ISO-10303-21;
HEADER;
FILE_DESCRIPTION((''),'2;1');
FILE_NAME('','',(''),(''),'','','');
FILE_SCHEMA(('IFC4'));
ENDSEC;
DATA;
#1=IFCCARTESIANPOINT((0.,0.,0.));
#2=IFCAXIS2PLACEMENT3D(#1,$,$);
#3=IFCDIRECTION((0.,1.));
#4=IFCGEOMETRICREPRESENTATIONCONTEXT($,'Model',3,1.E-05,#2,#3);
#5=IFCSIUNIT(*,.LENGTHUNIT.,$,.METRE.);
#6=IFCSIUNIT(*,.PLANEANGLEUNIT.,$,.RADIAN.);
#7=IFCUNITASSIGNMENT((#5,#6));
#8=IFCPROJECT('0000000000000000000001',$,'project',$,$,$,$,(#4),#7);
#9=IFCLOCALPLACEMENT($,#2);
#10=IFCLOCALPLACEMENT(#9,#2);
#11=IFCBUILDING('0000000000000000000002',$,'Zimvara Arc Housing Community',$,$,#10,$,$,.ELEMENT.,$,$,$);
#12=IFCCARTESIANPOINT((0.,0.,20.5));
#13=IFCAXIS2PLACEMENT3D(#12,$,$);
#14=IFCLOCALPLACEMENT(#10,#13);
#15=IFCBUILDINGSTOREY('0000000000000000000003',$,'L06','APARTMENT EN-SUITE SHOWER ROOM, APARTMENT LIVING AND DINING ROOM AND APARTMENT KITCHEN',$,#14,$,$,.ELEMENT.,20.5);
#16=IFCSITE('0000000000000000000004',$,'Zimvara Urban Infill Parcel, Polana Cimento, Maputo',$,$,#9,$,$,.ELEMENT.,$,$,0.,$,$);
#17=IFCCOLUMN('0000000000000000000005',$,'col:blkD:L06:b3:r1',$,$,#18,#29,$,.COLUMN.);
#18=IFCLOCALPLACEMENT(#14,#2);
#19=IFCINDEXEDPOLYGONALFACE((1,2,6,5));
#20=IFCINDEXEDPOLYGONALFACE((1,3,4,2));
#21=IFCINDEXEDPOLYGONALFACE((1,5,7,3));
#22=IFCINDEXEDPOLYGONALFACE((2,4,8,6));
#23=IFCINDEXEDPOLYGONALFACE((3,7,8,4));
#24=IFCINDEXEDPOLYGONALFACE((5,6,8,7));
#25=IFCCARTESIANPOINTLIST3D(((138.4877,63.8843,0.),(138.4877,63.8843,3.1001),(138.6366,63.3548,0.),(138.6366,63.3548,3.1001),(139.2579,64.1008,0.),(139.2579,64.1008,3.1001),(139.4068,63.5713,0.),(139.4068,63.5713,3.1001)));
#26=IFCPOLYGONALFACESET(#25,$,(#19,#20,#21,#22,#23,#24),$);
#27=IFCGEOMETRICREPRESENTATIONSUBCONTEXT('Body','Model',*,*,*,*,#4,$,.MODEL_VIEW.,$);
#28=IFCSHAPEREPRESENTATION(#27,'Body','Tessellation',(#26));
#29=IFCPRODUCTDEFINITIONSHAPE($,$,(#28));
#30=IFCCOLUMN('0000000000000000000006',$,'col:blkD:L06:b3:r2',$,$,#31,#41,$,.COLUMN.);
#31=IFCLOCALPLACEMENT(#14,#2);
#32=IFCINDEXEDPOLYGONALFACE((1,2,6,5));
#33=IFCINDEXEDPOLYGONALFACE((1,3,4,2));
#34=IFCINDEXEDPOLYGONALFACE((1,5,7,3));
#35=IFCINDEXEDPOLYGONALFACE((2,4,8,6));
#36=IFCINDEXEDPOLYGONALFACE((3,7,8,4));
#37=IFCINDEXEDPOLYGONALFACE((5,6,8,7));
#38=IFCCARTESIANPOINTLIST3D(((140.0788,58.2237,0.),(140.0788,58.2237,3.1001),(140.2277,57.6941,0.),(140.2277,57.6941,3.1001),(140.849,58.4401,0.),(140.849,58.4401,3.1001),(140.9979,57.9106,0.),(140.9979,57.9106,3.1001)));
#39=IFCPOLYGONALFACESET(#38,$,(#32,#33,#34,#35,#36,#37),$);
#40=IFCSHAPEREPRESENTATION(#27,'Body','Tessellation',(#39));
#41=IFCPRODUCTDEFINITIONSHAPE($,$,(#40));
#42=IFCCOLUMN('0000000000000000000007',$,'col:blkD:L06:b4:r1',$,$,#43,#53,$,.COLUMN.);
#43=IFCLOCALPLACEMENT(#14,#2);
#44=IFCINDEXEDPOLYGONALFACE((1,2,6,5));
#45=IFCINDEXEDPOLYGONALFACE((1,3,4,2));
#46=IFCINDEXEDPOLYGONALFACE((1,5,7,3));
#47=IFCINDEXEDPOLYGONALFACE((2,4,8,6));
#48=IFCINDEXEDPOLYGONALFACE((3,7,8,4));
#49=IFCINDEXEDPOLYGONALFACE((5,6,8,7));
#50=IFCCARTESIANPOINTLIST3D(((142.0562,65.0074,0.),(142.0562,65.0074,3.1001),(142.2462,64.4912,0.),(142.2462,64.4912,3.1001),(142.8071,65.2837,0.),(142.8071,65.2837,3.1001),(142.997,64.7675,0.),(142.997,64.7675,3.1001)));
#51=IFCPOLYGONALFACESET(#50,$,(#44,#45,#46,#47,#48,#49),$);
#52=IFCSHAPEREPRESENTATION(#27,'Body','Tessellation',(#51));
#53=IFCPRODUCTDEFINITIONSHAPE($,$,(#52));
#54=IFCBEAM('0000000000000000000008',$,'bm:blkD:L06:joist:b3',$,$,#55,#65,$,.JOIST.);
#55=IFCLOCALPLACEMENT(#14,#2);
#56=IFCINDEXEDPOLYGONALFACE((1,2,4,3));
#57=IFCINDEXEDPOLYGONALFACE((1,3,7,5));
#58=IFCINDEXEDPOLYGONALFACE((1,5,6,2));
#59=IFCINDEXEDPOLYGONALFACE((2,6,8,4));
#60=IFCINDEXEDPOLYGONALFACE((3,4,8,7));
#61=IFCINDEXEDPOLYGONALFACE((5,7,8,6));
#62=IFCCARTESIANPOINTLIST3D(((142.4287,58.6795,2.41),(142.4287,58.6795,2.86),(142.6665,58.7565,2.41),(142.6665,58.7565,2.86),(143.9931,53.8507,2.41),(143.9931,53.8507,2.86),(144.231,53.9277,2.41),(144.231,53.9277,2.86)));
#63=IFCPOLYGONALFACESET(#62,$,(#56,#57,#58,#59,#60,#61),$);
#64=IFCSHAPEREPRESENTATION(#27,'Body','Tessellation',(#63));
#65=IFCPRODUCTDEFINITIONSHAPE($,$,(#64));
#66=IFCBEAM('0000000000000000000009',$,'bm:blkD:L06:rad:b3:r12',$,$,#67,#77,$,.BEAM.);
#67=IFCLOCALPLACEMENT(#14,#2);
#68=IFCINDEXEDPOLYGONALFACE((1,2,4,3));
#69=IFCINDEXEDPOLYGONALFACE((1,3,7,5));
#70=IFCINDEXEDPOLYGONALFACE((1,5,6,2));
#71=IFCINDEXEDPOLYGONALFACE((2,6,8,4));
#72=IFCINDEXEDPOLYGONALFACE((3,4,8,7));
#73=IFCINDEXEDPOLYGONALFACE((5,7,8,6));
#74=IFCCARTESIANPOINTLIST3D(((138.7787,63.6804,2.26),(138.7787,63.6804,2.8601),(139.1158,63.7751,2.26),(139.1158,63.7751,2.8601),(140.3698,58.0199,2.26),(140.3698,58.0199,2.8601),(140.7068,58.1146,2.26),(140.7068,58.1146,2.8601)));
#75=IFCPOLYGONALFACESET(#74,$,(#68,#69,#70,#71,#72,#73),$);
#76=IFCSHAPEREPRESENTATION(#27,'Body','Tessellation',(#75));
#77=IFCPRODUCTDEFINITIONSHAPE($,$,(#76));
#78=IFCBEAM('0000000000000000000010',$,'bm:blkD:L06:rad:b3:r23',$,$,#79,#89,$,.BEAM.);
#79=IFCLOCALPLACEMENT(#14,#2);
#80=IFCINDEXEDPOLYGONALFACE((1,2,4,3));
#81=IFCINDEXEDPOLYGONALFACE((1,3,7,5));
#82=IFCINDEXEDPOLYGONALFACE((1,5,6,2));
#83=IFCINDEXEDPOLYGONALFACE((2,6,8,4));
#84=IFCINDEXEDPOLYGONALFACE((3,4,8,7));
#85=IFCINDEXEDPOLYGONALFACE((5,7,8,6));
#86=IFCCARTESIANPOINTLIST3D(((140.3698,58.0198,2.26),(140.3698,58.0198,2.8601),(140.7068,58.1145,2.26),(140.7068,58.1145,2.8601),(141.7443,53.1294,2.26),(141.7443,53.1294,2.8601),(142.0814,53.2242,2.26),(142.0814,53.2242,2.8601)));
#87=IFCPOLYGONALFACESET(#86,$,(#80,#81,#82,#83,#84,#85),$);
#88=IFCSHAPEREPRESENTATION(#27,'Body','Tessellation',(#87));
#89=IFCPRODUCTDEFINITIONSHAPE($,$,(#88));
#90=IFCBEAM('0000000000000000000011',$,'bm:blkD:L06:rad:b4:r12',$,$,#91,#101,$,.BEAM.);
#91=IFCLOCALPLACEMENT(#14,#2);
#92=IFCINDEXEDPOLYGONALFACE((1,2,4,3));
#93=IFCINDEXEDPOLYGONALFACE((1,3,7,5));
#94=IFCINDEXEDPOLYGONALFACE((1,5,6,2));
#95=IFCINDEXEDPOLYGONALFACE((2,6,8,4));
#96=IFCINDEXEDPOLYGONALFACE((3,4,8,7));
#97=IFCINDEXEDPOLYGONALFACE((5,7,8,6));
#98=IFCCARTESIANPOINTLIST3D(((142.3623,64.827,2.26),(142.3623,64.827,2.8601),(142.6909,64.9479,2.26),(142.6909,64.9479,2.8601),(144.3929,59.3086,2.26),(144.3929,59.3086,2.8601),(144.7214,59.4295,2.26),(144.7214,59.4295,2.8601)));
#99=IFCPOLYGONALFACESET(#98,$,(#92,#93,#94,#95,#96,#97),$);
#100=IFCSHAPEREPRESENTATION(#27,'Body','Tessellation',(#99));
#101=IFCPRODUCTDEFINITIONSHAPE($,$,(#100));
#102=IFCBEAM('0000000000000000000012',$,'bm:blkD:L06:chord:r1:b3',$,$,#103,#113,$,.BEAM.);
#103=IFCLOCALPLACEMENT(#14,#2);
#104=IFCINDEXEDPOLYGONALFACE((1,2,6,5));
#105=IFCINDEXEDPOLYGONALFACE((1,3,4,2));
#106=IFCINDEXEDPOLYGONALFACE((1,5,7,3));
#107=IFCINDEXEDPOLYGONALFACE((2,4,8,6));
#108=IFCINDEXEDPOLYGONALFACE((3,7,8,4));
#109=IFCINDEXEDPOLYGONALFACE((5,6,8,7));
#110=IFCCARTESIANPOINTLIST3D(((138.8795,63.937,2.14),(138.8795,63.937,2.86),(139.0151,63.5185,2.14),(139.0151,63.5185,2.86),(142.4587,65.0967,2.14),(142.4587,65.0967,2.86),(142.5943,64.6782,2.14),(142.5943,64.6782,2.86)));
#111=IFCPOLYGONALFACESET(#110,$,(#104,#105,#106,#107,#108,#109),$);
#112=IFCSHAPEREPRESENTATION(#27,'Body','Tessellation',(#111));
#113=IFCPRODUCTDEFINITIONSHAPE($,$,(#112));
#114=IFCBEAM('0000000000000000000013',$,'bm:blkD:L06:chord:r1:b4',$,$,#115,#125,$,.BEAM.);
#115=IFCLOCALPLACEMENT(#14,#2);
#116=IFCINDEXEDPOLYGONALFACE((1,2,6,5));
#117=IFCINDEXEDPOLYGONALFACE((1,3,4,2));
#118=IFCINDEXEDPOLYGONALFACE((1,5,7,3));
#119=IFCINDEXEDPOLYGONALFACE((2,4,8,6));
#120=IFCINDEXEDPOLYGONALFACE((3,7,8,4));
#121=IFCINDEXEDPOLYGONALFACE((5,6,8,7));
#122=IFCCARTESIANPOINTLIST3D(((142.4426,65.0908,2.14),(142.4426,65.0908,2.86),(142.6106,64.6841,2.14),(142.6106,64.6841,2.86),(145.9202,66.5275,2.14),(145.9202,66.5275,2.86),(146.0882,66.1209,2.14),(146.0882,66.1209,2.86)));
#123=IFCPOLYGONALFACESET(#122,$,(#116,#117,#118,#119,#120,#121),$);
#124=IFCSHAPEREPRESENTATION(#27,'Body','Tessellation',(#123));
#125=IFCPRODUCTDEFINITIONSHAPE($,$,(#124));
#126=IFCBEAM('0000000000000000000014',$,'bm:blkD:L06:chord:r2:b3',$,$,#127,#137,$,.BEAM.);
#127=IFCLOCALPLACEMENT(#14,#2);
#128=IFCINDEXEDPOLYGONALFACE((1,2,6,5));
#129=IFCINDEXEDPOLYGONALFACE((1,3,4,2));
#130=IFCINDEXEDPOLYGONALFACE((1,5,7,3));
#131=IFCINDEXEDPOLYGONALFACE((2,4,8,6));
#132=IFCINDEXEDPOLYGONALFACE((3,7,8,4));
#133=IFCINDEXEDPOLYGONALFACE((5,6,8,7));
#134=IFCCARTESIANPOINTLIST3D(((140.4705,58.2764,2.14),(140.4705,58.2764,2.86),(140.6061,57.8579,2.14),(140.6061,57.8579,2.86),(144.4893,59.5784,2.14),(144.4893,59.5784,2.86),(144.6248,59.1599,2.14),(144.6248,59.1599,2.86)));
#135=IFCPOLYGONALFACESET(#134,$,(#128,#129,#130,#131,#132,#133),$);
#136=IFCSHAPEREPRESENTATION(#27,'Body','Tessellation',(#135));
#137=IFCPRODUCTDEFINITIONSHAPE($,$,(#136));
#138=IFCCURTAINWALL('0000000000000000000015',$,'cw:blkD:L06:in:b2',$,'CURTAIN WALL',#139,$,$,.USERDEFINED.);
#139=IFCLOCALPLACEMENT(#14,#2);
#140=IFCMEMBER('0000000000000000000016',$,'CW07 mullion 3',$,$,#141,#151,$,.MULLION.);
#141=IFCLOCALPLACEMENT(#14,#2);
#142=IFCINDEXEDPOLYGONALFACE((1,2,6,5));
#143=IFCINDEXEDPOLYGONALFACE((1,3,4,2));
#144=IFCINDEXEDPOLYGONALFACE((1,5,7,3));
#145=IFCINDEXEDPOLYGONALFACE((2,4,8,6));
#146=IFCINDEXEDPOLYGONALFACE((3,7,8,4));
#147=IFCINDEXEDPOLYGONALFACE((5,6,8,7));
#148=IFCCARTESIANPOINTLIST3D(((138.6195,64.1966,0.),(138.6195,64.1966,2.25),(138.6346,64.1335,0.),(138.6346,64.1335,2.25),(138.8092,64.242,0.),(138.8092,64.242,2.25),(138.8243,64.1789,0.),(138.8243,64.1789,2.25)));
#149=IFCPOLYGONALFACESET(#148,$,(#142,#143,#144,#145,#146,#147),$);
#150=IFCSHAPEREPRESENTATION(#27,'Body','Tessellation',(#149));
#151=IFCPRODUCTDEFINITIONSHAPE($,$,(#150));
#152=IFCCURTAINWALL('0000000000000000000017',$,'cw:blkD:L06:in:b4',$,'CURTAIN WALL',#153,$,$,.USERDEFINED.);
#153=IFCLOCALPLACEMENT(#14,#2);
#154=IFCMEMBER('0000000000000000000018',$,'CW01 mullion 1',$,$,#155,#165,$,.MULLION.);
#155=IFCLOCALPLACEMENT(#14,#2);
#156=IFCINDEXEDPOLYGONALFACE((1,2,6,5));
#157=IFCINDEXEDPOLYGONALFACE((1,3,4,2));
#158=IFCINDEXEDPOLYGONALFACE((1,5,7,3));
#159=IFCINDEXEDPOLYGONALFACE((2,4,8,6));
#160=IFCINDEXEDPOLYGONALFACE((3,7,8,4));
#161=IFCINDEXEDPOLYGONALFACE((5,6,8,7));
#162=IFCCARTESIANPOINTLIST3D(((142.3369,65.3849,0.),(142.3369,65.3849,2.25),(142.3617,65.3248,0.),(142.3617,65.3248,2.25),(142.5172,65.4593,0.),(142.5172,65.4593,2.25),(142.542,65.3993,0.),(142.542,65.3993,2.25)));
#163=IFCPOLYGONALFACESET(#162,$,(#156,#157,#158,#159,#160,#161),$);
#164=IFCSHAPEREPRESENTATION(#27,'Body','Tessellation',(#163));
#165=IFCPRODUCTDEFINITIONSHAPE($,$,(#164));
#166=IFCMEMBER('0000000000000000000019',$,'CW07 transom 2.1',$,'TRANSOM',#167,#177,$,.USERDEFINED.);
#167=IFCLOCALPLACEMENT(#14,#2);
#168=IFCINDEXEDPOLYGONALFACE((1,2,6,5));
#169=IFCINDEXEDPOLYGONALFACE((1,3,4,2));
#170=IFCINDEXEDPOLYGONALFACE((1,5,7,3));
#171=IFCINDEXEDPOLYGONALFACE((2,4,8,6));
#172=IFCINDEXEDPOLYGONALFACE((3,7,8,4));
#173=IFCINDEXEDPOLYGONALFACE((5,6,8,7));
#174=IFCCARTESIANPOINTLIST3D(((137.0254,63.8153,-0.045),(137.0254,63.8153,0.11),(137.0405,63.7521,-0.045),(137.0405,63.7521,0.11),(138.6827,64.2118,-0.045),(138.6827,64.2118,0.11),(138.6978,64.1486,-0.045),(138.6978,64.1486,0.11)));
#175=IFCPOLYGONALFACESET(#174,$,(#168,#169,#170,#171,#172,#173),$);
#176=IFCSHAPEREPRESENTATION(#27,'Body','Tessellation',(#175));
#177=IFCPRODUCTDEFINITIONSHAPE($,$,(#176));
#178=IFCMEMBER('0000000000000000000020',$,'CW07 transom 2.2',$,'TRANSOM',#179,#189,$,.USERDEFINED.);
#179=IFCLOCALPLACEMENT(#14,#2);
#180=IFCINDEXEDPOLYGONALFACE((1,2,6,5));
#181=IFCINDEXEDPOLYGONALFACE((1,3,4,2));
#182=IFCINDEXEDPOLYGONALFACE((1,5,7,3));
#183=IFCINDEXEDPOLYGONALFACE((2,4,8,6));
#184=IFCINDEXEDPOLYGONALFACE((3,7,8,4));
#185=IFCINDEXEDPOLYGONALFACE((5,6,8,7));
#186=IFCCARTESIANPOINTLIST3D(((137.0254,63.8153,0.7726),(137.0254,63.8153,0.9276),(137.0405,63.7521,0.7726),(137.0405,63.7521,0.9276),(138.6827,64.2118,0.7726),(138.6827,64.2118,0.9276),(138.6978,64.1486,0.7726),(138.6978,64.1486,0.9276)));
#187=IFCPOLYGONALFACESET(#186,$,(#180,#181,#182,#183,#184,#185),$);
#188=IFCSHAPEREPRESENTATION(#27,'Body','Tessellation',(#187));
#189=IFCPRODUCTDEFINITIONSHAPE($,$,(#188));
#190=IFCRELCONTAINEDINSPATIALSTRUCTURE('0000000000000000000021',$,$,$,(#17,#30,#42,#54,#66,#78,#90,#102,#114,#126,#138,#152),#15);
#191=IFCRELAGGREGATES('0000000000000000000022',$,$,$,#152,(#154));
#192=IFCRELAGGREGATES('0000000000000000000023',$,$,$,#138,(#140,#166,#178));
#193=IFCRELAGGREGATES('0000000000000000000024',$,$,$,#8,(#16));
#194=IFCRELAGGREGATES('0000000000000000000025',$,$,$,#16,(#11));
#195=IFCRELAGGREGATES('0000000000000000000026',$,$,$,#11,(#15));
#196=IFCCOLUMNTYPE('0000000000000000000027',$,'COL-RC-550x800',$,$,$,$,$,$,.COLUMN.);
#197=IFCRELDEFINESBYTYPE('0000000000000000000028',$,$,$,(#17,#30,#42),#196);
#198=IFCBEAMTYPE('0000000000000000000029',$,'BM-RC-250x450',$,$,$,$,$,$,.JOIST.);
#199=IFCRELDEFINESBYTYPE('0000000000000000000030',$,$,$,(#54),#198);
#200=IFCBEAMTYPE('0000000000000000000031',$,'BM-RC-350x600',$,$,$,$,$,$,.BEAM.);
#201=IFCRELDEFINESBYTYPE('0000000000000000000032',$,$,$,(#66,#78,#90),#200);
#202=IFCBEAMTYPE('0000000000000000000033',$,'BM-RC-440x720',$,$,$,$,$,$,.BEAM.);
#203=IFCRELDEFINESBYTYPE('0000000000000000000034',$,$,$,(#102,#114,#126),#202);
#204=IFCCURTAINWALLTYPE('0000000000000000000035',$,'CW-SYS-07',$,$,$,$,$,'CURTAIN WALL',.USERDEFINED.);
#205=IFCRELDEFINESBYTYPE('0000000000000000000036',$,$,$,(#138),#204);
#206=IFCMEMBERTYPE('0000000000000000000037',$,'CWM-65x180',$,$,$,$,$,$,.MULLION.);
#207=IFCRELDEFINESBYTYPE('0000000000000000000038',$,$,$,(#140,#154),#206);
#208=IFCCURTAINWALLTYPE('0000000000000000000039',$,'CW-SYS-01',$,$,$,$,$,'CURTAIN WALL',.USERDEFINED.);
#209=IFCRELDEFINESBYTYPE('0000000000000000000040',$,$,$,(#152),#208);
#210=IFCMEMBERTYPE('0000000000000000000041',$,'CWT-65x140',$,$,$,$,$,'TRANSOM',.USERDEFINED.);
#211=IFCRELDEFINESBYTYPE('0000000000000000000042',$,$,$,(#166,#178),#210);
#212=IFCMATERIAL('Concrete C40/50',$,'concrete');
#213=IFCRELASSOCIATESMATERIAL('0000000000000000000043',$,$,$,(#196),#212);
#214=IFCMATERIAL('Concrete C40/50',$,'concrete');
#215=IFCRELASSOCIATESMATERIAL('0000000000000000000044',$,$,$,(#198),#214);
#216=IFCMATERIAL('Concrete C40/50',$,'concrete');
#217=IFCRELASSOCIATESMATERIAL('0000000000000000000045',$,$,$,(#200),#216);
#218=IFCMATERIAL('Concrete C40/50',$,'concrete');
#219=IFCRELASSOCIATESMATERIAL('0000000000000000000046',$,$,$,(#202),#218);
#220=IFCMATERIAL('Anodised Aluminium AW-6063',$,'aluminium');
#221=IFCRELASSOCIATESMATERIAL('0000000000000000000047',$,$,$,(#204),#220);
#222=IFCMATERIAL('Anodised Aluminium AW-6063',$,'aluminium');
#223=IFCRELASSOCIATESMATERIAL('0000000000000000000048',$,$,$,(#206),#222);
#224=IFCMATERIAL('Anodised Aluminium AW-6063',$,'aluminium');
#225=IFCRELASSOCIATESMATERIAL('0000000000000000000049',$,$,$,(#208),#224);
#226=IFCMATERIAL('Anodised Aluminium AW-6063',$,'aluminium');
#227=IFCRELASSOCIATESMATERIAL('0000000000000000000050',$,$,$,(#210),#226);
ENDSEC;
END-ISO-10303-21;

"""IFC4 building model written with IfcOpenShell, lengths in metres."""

from ifc_helpers import new_model, si_unit, direction, frame, origin, origin_2d, place, context, subcontext, project, spatial, rectangle, extrude, material, material_profile, profile_set, type_object, element, aggregate, save


model = new_model("IFC4")

# Units and contexts
model_context = context("Model", 3, precision=1e-05, world=origin(), true_north=direction((0.0, 1.0)))
body_context = subcontext(model_context, "Body", "Model", "MODEL_VIEW")
ifc_project = project(units=[si_unit("LENGTHUNIT", "METRE"), si_unit("PLANEANGLEUNIT", "RADIAN")], contexts=[model_context])

# Site, building, storey
site_placement = place(None, origin())
site = spatial("IfcSite", under=ifc_project, at=site_placement, Name="Zimvara Urban Infill Parcel, Polana Cimento, Maputo", CompositionType="ELEMENT", RefElevation=0.0)
building_placement = place(site_placement, origin())
building = spatial("IfcBuilding", under=site, at=building_placement, Name="Zimvara Arc Housing Community", CompositionType="ELEMENT")
storey_placement = place(building_placement, frame((0.0, 0.0, 20.5)))
storey = spatial("IfcBuildingStorey", under=building, at=storey_placement, Name="L06", Description="APARTMENT EN-SUITE SHOWER ROOM, APARTMENT LIVING AND DINING ROOM AND APARTMENT KITCHEN", CompositionType="ELEMENT", Elevation=20.5)

# Columns
ifc_material_1 = material(Name="Concrete C40/50", Category="concrete")
ifc_material_profile_1 = material_profile(ifc_material_1, rectangle(XDim=0.55, YDim=0.8, at=origin_2d()), Name="RC 550x800")
ifc_profile_set_1 = profile_set([ifc_material_profile_1], Name="Concrete C40/50")
column_type = type_object("IfcColumnType", Name="COL-RC-550x800", PredefinedType="COLUMN", material=ifc_profile_set_1)
for number, where, z_axis, x_axis, name in (
    (1, (138.9473, 63.7278, 0.0), (0.0, 0.0, 1.0), (0.2706, -0.962692, 0.0), "col:blkD:L06:b3:r1"),
    (2, (140.5383, 58.0671, 0.0), (0.0, 0.0, 1.0), (0.2706, -0.962692, 0.0), "col:blkD:L06:b3:r2"),
    (3, (142.5266, 64.8875, 0.0), (0.0, 0.0, 1.0), (0.345298, -0.938493, 0.0), "col:blkD:L06:b4:r1"),
):
    element("IfcColumn", number, at=place(storey_placement, frame(where, z_axis=z_axis, x_axis=x_axis)), inside=storey, type_object=column_type, Name=name, PredefinedType="COLUMN", context=body_context, shape_type="SweptSolid", body=[
        extrude(rectangle(XDim=0.55, YDim=0.8, at=origin_2d()), origin(), (0.0, 0.0, 1.0), 3.1001),
    ])

# Beams
ifc_material_2 = material(Name="Concrete C40/50", Category="concrete")
ifc_material_profile_2 = material_profile(ifc_material_2, rectangle(XDim=0.25, YDim=0.45, at=origin_2d()), Name="RC 250x450")
ifc_profile_set_2 = profile_set([ifc_material_profile_2], Name="Concrete C40/50")
beam_type_1 = type_object("IfcBeamType", Name="BM-RC-250x450", PredefinedType="JOIST", material=ifc_profile_set_2)
beam_1_placement = place(storey_placement, frame((142.5476, 58.718, 2.635), z_axis=(0.308208, -0.951319, 0.0), x_axis=(0.951319, 0.308208, 0.0)))
element("IfcBeam", 4, at=beam_1_placement, inside=storey, type_object=beam_type_1, Name="bm:blkD:L06:joist:b3", PredefinedType="JOIST", context=body_context, shape_type="SweptSolid", body=[
    extrude(rectangle(XDim=0.25, YDim=0.45, at=origin_2d()), origin(), (0.0, 0.0, 1.0), 5.0759),
])
ifc_material_3 = material(Name="Concrete C40/50", Category="concrete")
ifc_material_profile_3 = material_profile(ifc_material_3, rectangle(XDim=0.3501, YDim=0.6001, at=origin_2d()), Name="RC 350x600")
ifc_profile_set_3 = profile_set([ifc_material_profile_3], Name="Concrete C40/50")
beam_type_2 = type_object("IfcBeamType", Name="BM-RC-350x600", PredefinedType="BEAM", material=ifc_profile_set_3)
beam_2_placement = place(storey_placement, frame((138.9473, 63.7278, 2.5601), z_axis=(0.270589, -0.962695, 0.0), x_axis=(0.962695, 0.270589, 0.0)))
element("IfcBeam", 5, at=beam_2_placement, inside=storey, type_object=beam_type_2, Name="bm:blkD:L06:rad:b3:r12", PredefinedType="BEAM", context=body_context, shape_type="SweptSolid", body=[
    extrude(rectangle(XDim=0.3501, YDim=0.6001, at=origin_2d()), origin(), (0.0, 0.0, 1.0), 5.8799),
])
beam_3_placement = place(storey_placement, frame((140.5383, 58.0671, 2.5601), z_axis=(0.27058, -0.962698, 0.0), x_axis=(0.962698, 0.27058, 0.0)))
element("IfcBeam", 6, at=beam_3_placement, inside=storey, type_object=beam_type_2, Name="bm:blkD:L06:rad:b3:r23", PredefinedType="BEAM", context=body_context, shape_type="SweptSolid", body=[
    extrude(rectangle(XDim=0.3501, YDim=0.6001, at=origin_2d()), origin(), (0.0, 0.0, 1.0), 5.0798),
])
beam_4_placement = place(storey_placement, frame((142.5266, 64.8875, 2.5601), z_axis=(0.345324, -0.938483, 0.0), x_axis=(0.938483, 0.345324, 0.0)))
element("IfcBeam", 7, at=beam_4_placement, inside=storey, type_object=beam_type_2, Name="bm:blkD:L06:rad:b4:r12", PredefinedType="BEAM", context=body_context, shape_type="SweptSolid", body=[
    extrude(rectangle(XDim=0.3501, YDim=0.6001, at=origin_2d()), origin(), (0.0, 0.0, 1.0), 5.8801),
])
ifc_material_4 = material(Name="Concrete C40/50", Category="concrete")
ifc_material_profile_4 = material_profile(ifc_material_4, rectangle(XDim=0.4399, YDim=0.72, at=origin_2d()), Name="RC 440x720")
ifc_profile_set_4 = profile_set([ifc_material_profile_4], Name="Concrete C40/50")
beam_type_3 = type_object("IfcBeamType", Name="BM-RC-440x720", PredefinedType="BEAM", material=ifc_profile_set_4)
beam_5_placement = place(storey_placement, frame((138.9473, 63.7278, 2.5), z_axis=(0.951316, 0.308216, 0.0), x_axis=(-0.308216, 0.951316, 0.0)))
element("IfcBeam", 8, at=beam_5_placement, inside=storey, type_object=beam_type_3, Name="bm:blkD:L06:chord:r1:b3", PredefinedType="BEAM", context=body_context, shape_type="SweptSolid", body=[
    extrude(rectangle(XDim=0.4399, YDim=0.72, at=origin_2d()), origin(), (0.0, 0.0, 1.0), 3.7625),
])
beam_6_placement = place(storey_placement, frame((142.5266, 64.8875, 2.5), z_axis=(0.924225, 0.381849, 0.0), x_axis=(-0.381849, 0.924225, 0.0)))
element("IfcBeam", 9, at=beam_6_placement, inside=storey, type_object=beam_type_3, Name="bm:blkD:L06:chord:r1:b4", PredefinedType="BEAM", context=body_context, shape_type="SweptSolid", body=[
    extrude(rectangle(XDim=0.4399, YDim=0.72, at=origin_2d()), origin(), (0.0, 0.0, 1.0), 3.7627),
])
beam_7_placement = place(storey_placement, frame((140.5383, 58.0671, 2.5), z_axis=(0.951319, 0.308206, 0.0), x_axis=(-0.308206, 0.951319, 0.0)))
element("IfcBeam", 10, at=beam_7_placement, inside=storey, type_object=beam_type_3, Name="bm:blkD:L06:chord:r2:b3", PredefinedType="BEAM", context=body_context, shape_type="SweptSolid", body=[
    extrude(rectangle(XDim=0.4399, YDim=0.72, at=origin_2d()), origin(), (0.0, 0.0, 1.0), 4.2244),
])

# Curtain walls, members
ifc_material_5 = material(Name="Anodised Aluminium AW-6063", Category="aluminium")
curtain_wall_type_1 = type_object("IfcCurtainWallType", Name="CW-SYS-07", ElementType="CURTAIN WALL", PredefinedType="USERDEFINED", material=ifc_material_5)
curtain_wall_1_placement = place(storey_placement, origin())
curtain_wall_1 = element("IfcCurtainWall", 11, at=curtain_wall_1_placement, inside=storey, type_object=curtain_wall_type_1, Name="cw:blkD:L06:in:b2", ObjectType="CURTAIN WALL", PredefinedType="USERDEFINED")
ifc_material_6 = material(Name="Anodised Aluminium AW-6063", Category="aluminium")
ifc_material_profile_5 = material_profile(ifc_material_6, rectangle(XDim=0.0649, YDim=0.1951, at=origin_2d()), Name="ALU 65x195")
ifc_profile_set_5 = profile_set([ifc_material_profile_5], Name="Anodised Aluminium AW-6063")
member_type_1 = type_object("IfcMemberType", Name="CWM-65x180", PredefinedType="MULLION", material=ifc_profile_set_5)
member_1_placement = place(storey_placement, frame((138.7219, 64.1877, 0.0), z_axis=(0.0, 0.0, 1.0), x_axis=(-0.232597, 0.972573, 0.0)))
member_1 = element("IfcMember", 12, at=member_1_placement, type_object=member_type_1, Name="CW07 mullion 3", PredefinedType="MULLION", context=body_context, shape_type="SweptSolid", body=[
    extrude(rectangle(XDim=0.0649, YDim=0.1951, at=origin_2d()), origin(), (0.0, 0.0, 1.0), 2.25),
])
ifc_material_7 = material(Name="Anodised Aluminium AW-6063", Category="aluminium")
curtain_wall_type_2 = type_object("IfcCurtainWallType", Name="CW-SYS-01", ElementType="CURTAIN WALL", PredefinedType="USERDEFINED", material=ifc_material_7)
curtain_wall_2_placement = place(storey_placement, origin())
curtain_wall_2 = element("IfcCurtainWall", 13, at=curtain_wall_2_placement, inside=storey, type_object=curtain_wall_type_2, Name="cw:blkD:L06:in:b4", ObjectType="CURTAIN WALL", PredefinedType="USERDEFINED")
member_2_placement = place(storey_placement, frame((142.4395, 65.3921, 0.0), z_axis=(0.0, 0.0, 1.0), x_axis=(-0.381878, 0.924213, 0.0)))
member_2 = element("IfcMember", 14, at=member_2_placement, type_object=member_type_1, Name="CW01 mullion 1", PredefinedType="MULLION", context=body_context, shape_type="SweptSolid", body=[
    extrude(rectangle(XDim=0.0649, YDim=0.1951, at=origin_2d()), origin(), (0.0, 0.0, 1.0), 2.25),
])

# Members
ifc_material_8 = material(Name="Anodised Aluminium AW-6063", Category="aluminium")
ifc_material_profile_6 = material_profile(ifc_material_8, rectangle(XDim=0.0649, YDim=0.155, at=origin_2d()), Name="ALU 65x155")
ifc_profile_set_6 = profile_set([ifc_material_profile_6], Name="Anodised Aluminium AW-6063")
member_type_2 = type_object("IfcMemberType", Name="CWT-65x140", ElementType="TRANSOM", PredefinedType="USERDEFINED", material=ifc_profile_set_6)
member_3_placement = place(storey_placement, frame((137.033, 63.7837, 0.0325), z_axis=(0.972554, 0.232679, 0.0), x_axis=(-0.232679, 0.972554, 0.0)))
member_3 = element("IfcMember", 15, at=member_3_placement, type_object=member_type_2, Name="CW07 transom 2.1", ObjectType="TRANSOM", PredefinedType="USERDEFINED", context=body_context, shape_type="SweptSolid", body=[
    extrude(rectangle(XDim=0.0649, YDim=0.155, at=origin_2d()), origin(), (0.0, 0.0, 1.0), 1.7041),
])
member_4_placement = place(storey_placement, frame((137.033, 63.7837, 0.8501), z_axis=(0.972554, 0.232679, 0.0), x_axis=(-0.232679, 0.972554, 0.0)))
member_4 = element("IfcMember", 16, at=member_4_placement, type_object=member_type_2, Name="CW07 transom 2.2", ObjectType="TRANSOM", PredefinedType="USERDEFINED", context=body_context, shape_type="SweptSolid", body=[
    extrude(rectangle(XDim=0.0649, YDim=0.155, at=origin_2d()), origin(), (0.0, 0.0, 1.0), 1.7041),
])
aggregate(curtain_wall_2, [member_2])

aggregate(curtain_wall_1, [member_1, member_3, member_4])

save(model, "model.ifc")
